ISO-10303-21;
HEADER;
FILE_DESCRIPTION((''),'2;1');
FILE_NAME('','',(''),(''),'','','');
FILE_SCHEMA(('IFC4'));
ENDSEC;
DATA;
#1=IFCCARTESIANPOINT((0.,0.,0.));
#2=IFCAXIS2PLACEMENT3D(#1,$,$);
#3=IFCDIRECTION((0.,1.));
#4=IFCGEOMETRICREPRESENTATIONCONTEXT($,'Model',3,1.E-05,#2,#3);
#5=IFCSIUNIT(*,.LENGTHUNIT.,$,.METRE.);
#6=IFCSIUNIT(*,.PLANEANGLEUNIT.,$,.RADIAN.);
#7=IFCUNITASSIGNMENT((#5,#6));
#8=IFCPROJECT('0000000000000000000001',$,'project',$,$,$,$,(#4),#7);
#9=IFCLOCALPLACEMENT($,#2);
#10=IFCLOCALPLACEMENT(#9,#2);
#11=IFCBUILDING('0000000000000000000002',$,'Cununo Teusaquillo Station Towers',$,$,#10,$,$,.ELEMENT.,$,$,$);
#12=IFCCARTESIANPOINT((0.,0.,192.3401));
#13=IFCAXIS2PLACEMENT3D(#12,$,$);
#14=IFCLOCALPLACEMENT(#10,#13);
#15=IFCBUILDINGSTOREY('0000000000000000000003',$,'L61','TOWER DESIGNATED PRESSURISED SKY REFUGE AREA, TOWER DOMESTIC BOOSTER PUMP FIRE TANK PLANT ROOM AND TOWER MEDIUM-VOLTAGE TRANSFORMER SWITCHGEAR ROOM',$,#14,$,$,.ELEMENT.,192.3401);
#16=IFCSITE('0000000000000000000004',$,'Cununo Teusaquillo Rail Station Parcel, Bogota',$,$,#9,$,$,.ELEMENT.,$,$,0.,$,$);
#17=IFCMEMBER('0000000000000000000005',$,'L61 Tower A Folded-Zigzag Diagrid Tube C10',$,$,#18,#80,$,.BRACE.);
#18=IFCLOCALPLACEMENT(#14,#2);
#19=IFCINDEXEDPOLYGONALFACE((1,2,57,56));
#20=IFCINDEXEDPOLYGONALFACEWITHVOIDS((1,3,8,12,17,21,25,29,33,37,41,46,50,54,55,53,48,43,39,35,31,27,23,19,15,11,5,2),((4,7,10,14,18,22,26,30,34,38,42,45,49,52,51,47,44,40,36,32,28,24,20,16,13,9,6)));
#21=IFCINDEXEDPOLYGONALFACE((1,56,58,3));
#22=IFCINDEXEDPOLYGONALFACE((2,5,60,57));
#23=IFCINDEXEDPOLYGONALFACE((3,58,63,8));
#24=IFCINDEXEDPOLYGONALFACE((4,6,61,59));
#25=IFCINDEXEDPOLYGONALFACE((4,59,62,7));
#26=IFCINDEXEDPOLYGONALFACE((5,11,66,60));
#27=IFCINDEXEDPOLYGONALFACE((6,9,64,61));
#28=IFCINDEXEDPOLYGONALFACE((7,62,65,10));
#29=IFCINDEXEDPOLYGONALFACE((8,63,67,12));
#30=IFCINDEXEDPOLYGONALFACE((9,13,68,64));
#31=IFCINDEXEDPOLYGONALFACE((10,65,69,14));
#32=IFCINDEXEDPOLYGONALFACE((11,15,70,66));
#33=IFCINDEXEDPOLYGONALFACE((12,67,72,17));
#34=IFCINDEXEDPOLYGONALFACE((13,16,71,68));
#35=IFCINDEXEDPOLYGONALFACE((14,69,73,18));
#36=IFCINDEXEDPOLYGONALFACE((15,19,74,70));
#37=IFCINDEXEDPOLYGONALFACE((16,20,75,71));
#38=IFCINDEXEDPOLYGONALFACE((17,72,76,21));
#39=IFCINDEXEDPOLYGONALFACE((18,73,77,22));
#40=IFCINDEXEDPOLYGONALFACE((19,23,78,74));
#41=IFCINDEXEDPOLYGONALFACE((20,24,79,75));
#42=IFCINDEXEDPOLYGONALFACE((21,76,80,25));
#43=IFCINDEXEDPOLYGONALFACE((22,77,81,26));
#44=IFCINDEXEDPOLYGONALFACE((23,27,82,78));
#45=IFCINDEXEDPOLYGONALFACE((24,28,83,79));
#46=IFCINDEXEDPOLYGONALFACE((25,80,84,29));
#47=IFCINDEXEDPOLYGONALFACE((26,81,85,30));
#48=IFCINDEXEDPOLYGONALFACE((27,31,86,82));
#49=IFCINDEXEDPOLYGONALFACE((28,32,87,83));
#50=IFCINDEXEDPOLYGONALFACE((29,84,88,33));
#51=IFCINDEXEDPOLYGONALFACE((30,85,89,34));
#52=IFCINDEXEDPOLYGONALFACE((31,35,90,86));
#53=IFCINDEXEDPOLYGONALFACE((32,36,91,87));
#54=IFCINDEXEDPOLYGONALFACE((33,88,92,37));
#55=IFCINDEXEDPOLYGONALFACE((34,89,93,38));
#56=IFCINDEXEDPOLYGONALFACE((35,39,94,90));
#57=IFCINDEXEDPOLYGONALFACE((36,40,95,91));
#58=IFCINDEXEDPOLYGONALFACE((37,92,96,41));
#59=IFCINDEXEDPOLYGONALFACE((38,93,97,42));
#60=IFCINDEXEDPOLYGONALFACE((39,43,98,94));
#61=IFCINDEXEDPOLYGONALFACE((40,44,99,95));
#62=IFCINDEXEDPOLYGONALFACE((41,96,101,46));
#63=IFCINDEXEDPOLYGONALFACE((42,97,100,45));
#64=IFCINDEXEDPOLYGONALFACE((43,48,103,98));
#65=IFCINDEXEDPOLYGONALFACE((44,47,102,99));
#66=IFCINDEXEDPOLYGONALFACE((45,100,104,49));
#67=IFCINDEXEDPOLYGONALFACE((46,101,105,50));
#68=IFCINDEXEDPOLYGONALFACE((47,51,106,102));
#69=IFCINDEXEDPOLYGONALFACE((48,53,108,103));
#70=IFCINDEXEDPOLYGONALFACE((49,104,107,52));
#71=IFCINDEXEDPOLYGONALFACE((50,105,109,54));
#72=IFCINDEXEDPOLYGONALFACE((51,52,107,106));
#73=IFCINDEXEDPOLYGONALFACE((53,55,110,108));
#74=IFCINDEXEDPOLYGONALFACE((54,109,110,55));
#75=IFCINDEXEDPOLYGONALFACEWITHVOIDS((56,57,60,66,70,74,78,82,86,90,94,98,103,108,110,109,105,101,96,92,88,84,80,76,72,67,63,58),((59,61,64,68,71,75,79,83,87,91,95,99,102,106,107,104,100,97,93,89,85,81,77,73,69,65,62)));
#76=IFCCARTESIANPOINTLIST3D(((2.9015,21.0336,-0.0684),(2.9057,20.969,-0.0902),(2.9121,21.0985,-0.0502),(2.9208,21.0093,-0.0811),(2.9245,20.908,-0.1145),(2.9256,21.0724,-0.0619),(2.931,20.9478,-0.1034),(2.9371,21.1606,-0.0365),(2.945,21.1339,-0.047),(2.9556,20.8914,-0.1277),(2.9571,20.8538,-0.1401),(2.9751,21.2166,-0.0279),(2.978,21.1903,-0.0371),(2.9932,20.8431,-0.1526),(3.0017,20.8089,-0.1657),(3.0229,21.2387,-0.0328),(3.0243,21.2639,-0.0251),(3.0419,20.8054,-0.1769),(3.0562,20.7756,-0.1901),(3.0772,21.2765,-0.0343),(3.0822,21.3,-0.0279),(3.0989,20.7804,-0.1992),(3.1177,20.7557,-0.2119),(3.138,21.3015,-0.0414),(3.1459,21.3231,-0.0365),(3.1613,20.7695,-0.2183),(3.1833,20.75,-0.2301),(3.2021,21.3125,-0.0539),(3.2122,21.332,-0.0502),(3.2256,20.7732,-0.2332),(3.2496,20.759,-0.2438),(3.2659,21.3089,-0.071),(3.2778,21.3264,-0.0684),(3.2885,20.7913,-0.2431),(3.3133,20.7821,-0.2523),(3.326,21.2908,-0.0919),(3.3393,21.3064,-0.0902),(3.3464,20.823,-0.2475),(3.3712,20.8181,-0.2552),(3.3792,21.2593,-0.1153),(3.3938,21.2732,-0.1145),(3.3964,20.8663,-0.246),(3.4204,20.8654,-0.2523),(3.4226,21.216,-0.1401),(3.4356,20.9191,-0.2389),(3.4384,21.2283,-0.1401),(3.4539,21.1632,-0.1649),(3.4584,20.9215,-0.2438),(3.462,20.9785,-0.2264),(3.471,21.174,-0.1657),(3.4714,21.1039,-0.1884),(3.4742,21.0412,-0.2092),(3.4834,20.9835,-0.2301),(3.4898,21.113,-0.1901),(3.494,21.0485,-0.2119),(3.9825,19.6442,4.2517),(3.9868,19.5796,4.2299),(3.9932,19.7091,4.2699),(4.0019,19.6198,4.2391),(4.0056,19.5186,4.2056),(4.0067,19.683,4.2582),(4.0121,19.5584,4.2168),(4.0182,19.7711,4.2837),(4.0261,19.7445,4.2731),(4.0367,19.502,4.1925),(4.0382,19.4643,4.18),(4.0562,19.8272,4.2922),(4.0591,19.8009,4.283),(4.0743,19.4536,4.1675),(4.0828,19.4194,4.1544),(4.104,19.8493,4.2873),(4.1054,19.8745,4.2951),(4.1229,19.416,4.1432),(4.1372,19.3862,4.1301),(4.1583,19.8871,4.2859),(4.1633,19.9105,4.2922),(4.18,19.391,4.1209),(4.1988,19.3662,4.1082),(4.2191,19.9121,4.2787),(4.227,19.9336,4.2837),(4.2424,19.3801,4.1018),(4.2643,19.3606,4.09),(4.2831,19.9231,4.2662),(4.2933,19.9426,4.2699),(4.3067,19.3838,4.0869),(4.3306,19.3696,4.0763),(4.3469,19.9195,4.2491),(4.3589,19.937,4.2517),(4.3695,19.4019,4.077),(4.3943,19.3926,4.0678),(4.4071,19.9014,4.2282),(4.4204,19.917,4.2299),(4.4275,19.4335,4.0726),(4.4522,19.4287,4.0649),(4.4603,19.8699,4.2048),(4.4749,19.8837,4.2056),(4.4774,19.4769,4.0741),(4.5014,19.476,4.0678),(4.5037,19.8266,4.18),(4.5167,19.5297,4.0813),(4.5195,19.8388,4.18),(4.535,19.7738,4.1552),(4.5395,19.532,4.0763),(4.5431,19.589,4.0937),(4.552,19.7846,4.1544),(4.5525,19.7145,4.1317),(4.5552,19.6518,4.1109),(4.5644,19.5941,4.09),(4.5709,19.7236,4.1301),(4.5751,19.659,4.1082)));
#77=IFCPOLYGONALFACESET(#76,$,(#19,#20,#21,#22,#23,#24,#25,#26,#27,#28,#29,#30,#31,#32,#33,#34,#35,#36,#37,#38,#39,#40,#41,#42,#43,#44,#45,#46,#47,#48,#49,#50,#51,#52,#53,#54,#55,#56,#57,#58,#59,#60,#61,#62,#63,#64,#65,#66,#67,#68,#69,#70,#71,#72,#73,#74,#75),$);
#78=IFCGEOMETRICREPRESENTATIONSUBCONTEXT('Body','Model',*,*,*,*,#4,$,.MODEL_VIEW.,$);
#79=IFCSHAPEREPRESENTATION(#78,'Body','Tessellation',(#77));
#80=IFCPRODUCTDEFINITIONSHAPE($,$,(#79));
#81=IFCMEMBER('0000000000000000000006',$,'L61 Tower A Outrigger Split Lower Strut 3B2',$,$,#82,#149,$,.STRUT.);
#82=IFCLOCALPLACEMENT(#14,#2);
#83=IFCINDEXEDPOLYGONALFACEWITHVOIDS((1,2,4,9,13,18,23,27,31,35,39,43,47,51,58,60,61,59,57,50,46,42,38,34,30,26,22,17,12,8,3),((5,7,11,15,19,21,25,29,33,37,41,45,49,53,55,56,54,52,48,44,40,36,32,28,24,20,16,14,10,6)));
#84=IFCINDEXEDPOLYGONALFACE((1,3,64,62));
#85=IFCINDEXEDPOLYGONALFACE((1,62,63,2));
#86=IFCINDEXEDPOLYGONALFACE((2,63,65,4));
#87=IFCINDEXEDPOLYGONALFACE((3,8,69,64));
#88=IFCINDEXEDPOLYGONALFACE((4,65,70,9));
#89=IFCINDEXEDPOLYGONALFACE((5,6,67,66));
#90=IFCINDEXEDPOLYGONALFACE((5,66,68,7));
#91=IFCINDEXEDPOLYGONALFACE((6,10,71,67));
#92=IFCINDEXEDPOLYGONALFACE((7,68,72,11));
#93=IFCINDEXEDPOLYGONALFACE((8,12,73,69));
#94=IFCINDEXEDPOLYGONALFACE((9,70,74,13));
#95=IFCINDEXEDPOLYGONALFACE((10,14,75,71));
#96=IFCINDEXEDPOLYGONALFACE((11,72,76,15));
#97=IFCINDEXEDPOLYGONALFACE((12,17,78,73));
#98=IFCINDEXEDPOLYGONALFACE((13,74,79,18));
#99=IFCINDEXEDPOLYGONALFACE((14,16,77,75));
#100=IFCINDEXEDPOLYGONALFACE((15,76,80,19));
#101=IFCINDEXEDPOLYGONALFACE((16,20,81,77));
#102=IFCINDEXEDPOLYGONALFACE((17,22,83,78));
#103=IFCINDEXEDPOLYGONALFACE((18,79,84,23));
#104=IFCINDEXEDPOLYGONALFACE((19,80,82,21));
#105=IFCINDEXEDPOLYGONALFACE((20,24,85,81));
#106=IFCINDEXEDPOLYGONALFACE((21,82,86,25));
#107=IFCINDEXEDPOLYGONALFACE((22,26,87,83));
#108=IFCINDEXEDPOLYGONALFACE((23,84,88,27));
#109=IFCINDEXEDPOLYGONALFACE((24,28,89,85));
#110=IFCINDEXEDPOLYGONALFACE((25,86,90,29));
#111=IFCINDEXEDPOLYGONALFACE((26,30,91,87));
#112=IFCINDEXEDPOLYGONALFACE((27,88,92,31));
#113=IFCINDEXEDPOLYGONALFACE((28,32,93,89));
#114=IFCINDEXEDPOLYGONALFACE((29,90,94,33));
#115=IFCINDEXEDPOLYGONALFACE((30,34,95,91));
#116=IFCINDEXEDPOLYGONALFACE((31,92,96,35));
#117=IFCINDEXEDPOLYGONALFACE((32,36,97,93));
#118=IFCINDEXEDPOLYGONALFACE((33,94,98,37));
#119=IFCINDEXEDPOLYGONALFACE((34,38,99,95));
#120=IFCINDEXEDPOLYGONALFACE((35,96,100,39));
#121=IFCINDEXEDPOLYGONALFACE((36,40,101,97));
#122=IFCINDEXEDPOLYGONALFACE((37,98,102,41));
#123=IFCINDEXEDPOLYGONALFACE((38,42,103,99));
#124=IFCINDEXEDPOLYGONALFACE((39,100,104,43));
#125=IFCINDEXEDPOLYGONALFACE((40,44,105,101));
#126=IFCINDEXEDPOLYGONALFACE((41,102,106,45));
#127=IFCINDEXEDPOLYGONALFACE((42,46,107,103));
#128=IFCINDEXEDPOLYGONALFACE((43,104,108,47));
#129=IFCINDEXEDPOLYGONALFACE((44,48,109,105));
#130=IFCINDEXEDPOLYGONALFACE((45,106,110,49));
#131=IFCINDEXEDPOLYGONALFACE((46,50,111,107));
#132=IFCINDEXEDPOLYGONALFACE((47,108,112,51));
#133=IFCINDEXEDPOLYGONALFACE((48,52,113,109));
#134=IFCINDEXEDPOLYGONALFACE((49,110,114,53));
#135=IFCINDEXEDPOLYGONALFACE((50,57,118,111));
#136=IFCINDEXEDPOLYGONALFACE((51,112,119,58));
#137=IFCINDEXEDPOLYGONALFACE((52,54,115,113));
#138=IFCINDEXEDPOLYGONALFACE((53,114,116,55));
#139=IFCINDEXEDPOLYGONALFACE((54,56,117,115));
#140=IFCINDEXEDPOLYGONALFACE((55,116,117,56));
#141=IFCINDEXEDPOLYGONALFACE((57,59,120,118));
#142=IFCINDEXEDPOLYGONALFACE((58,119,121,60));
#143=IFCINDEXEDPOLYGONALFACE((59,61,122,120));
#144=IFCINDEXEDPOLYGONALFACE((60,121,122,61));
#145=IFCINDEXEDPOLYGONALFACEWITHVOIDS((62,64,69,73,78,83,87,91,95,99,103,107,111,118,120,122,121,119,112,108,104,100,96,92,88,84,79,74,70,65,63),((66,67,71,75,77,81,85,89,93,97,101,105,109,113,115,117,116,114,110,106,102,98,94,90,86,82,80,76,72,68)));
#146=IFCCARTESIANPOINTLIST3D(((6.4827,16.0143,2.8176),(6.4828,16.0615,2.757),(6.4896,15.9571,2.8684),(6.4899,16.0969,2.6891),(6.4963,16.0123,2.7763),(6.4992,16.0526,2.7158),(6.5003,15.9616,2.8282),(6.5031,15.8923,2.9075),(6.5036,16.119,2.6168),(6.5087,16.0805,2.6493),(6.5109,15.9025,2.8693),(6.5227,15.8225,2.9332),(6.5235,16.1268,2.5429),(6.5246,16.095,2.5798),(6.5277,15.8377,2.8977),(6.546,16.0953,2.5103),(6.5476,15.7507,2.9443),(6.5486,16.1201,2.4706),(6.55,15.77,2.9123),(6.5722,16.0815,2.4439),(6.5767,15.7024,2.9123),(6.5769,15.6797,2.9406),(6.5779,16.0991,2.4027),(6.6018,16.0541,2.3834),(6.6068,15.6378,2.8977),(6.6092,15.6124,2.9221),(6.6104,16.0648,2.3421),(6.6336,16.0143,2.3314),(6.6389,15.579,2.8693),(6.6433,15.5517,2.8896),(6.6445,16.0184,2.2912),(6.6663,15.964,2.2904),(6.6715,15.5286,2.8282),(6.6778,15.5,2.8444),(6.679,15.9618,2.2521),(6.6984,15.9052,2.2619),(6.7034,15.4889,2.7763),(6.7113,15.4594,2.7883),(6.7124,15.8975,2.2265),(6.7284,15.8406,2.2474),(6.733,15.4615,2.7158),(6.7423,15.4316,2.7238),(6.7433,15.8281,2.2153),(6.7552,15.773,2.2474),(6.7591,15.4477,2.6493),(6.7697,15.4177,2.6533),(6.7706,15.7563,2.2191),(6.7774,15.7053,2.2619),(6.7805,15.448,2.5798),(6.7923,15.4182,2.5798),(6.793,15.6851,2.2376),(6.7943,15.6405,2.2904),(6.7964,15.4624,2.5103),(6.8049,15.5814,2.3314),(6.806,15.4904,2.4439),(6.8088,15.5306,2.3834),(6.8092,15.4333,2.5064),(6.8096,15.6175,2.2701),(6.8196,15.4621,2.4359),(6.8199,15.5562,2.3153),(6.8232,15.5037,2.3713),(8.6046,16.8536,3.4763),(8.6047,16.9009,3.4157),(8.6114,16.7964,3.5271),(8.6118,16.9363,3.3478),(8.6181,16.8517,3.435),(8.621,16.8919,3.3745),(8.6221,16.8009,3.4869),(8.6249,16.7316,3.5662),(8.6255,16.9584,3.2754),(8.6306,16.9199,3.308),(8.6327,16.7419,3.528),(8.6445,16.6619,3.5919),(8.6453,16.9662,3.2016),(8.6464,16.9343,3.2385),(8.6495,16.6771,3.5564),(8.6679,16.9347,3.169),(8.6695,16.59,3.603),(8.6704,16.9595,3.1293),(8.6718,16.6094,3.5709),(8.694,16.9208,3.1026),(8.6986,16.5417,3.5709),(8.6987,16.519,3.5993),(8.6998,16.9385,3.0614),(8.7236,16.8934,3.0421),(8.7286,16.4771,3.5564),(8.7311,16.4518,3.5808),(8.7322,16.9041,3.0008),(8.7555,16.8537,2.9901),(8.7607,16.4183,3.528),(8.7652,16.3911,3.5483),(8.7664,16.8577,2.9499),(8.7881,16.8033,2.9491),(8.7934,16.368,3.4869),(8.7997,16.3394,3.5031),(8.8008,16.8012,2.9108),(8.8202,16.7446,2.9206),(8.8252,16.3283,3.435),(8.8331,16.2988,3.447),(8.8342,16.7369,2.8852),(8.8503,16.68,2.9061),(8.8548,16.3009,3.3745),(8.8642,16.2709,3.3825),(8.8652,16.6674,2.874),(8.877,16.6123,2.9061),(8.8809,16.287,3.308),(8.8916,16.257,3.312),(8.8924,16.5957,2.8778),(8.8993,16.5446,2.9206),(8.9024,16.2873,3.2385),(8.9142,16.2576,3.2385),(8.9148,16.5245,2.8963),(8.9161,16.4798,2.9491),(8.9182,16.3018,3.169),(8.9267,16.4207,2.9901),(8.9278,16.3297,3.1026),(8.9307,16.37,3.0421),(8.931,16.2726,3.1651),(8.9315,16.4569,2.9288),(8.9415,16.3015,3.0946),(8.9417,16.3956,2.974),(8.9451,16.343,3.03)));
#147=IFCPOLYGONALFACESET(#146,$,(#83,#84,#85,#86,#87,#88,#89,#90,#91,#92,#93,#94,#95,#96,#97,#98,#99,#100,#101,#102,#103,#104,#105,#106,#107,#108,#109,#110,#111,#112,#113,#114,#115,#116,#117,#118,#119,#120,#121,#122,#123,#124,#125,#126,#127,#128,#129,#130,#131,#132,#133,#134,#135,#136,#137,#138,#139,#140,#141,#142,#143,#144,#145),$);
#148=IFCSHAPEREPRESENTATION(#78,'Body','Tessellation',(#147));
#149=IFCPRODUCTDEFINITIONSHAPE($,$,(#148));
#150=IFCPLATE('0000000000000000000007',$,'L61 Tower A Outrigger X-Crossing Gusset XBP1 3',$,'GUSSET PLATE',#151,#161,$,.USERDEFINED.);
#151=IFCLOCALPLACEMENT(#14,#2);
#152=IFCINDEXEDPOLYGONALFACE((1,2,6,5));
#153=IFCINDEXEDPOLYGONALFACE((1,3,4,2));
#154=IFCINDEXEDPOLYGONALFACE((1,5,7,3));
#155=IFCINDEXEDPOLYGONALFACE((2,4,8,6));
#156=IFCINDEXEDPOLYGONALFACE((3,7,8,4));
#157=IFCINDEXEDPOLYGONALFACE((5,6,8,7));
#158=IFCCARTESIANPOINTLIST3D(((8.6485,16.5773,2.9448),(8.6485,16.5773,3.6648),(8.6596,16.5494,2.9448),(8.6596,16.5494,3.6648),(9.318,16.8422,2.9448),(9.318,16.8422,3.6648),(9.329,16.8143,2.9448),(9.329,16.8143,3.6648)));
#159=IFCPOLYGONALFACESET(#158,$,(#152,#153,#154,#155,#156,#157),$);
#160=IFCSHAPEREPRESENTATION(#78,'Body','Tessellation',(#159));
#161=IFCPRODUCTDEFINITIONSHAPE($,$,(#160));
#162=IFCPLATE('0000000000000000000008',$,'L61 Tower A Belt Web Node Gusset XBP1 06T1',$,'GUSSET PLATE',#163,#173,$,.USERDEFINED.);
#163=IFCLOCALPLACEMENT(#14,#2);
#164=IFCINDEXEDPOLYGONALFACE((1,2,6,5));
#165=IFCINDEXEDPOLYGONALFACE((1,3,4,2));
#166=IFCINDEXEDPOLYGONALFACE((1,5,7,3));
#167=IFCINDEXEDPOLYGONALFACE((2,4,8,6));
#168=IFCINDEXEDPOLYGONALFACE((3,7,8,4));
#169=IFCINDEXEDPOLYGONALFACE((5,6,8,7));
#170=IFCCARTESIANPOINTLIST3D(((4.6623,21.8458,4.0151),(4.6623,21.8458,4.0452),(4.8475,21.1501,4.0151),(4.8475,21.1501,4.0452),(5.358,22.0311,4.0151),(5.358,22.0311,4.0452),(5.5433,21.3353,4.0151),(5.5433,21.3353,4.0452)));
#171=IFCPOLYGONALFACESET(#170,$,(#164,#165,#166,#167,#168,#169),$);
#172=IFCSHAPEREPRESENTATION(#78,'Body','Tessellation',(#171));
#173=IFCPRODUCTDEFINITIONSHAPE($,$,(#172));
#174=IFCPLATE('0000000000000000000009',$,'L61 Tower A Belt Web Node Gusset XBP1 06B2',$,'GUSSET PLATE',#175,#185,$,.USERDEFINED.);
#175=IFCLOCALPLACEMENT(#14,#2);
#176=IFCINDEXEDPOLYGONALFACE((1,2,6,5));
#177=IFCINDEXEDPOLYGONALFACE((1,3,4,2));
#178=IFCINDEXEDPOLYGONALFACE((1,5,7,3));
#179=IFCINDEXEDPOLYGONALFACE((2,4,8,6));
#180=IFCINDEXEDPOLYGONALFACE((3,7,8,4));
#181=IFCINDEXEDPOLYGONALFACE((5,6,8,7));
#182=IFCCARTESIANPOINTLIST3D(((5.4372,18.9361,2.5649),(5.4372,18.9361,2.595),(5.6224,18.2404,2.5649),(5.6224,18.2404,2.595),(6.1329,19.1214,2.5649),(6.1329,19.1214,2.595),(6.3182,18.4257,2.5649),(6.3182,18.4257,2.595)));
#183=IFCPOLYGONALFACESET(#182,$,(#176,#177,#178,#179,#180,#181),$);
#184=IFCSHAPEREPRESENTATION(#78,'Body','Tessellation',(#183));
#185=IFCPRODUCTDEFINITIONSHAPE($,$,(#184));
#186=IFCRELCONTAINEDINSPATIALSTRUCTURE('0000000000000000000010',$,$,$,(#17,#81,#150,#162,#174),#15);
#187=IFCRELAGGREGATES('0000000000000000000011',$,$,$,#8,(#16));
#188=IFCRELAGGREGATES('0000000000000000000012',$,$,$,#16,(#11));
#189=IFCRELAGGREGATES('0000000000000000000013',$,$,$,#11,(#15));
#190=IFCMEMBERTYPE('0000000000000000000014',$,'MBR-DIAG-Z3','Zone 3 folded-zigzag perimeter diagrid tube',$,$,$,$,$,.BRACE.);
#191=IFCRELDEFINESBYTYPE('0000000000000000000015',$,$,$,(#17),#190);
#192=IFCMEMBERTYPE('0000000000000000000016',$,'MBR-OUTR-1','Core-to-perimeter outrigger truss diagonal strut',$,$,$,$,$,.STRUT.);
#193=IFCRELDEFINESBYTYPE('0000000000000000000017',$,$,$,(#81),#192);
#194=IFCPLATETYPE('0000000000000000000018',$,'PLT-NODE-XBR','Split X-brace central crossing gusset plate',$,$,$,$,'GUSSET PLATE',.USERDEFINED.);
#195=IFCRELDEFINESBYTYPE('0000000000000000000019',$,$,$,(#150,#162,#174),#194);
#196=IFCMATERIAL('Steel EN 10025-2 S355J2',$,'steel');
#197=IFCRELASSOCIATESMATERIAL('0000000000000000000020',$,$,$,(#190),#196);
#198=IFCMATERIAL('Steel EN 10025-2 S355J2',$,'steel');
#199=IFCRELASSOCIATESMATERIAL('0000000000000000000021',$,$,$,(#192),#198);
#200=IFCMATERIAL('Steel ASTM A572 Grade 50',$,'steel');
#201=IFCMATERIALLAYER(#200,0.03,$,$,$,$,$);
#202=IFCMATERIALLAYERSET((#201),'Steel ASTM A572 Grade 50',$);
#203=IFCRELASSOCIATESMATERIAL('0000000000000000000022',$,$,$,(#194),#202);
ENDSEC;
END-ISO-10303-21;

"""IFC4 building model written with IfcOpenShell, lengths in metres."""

from ifc_helpers import new_model, si_unit, direction, frame, origin, origin_2d, place, context, subcontext, project, spatial, rectangle, hollow_circle, extrude, source, transform, mapped, material, layer, layer_set, material_profile, profile_set, type_object, element, save


model = new_model("IFC4")

# Units and contexts
model_context = context("Model", 3, precision=1e-05, world=origin(), true_north=direction((0.0, 1.0)))
body_context = subcontext(model_context, "Body", "Model", "MODEL_VIEW")
ifc_project = project(units=[si_unit("LENGTHUNIT", "METRE"), si_unit("PLANEANGLEUNIT", "RADIAN")], contexts=[model_context])

# Site, building, storey
site_placement = place(None, origin())
site = spatial("IfcSite", under=ifc_project, at=site_placement, Name="Cununo Teusaquillo Rail Station Parcel, Bogota", CompositionType="ELEMENT", RefElevation=0.0)
building_placement = place(site_placement, origin())
building = spatial("IfcBuilding", under=site, at=building_placement, Name="Cununo Teusaquillo Station Towers", CompositionType="ELEMENT")
storey_placement = place(building_placement, frame((0.0, 0.0, 192.3401)))
storey = spatial("IfcBuildingStorey", under=building, at=storey_placement, Name="L61", Description="TOWER DESIGNATED PRESSURISED SKY REFUGE AREA, TOWER DOMESTIC BOOSTER PUMP FIRE TANK PLANT ROOM AND TOWER MEDIUM-VOLTAGE TRANSFORMER SWITCHGEAR ROOM", CompositionType="ELEMENT", Elevation=192.3401)

# Members
ifc_material_1 = material(Name="Steel EN 10025-2 S355J2", Category="steel")
ifc_material_profile_1 = material_profile(ifc_material_1, hollow_circle(Radius=0.3049, WallThickness=0.02, at=origin_2d()), Name="CHS 610x20")
ifc_profile_set_1 = profile_set([ifc_material_profile_1], Name="Steel EN 10025-2 S355J2")
member_type_1 = type_object("IfcMemberType", Name="MBR-DIAG-Z3", Description="Zone 3 folded-zigzag perimeter diagrid tube", PredefinedType="BRACE", material=ifc_profile_set_1)
member_1_placement = place(storey_placement, frame((3.1978, 21.041, -0.1401), z_axis=(0.231738, -0.297837, 0.926062), x_axis=(0.78924, 0.614085, 0.0)))
element("IfcMember", 1, at=member_1_placement, inside=storey, type_object=member_type_1, Name="L61 Tower A Folded-Zigzag Diagrid Tube C10", PredefinedType="BRACE", context=body_context, shape_type="SweptSolid", body=[
    extrude(hollow_circle(Radius=0.3049, WallThickness=0.02, at=origin_2d()), origin(), (0.0, 0.0, 1.0), 4.665),
])
ifc_material_2 = material(Name="Steel EN 10025-2 S355J2", Category="steel")
ifc_material_profile_2 = material_profile(ifc_material_2, hollow_circle(Radius=0.3799, WallThickness=0.032, at=origin_2d()), Name="CHS 760x32")
ifc_profile_set_2 = profile_set([ifc_material_profile_2], Name="Steel EN 10025-2 S355J2")
member_type_2 = type_object("IfcMemberType", Name="MBR-OUTR-1", Description="Core-to-perimeter outrigger truss diagonal strut", PredefinedType="STRUT", material=ifc_profile_set_2)
member_2_placement = place(storey_placement, frame((8.7744, 16.6108, 3.2385), z_axis=(-0.893407, -0.353416, -0.277346), x_axis=(0.367846, -0.929887, 0.0)))
element("IfcMember", 2, at=member_2_placement, inside=storey, type_object=member_type_2, Name="L61 Tower A Outrigger Split Lower Strut 3B2", PredefinedType="STRUT", context=body_context, shape_type="SweptSolid", body=[
    extrude(hollow_circle(Radius=0.3799, WallThickness=0.032, at=origin_2d()), origin(), (0.0, 0.0, 1.0), 2.375),
])

# Plates
ifc_material_3 = material(Name="Steel ASTM A572 Grade 50", Category="steel")
ifc_layer_1 = layer(ifc_material_3, 0.03)
ifc_layer_set_1 = layer_set([ifc_layer_1], Name="Steel ASTM A572 Grade 50")
plate_type = type_object("IfcPlateType", Name="PLT-NODE-XBR", Description="Split X-brace central crossing gusset plate", ElementType="GUSSET PLATE", PredefinedType="USERDEFINED", material=ifc_layer_set_1)
shared_shape_1 = source(origin(), body_context, "Body", "SweptSolid", [
    extrude(rectangle(XDim=0.72, YDim=0.03, at=origin_2d()), origin(), (0.0, 0.0, 1.0), 0.72),
])
plate_placement = place(storey_placement, frame((8.9888, 16.6958, 2.9448), z_axis=(0.0, 0.0, 1.0), x_axis=(-0.929841, -0.367962, 0.0)))
element("IfcPlate", 3, at=plate_placement, inside=storey, type_object=plate_type, Name="L61 Tower A Outrigger X-Crossing Gusset XBP1 3", ObjectType="GUSSET PLATE", PredefinedType="USERDEFINED", context=body_context, shape_type="MappedRepresentation", body=[
    mapped(shared_shape_1, transform((0.0, 0.0, 0.0), x_axis=(1.0, 0.0, 0.0), y_axis=(0.0, 1.0, 0.0), z_axis=(0.0, 0.0, 1.0), scale=1.0)),
])
shared_shape_2 = source(origin(), body_context, "Body", "SweptSolid", [
    extrude(rectangle(XDim=0.72, YDim=0.72, at=origin_2d()), origin(), (0.0, 0.0, 1.0), 0.03),
])
for number, where, z_axis, x_axis, name in (
    (4, (5.1028, 21.5906, 4.0151), (0.0, 0.0, 1.0), (0.257301, -0.966331, 0.0), "L61 Tower A Belt Web Node Gusset XBP1 06T1"),
    (5, (5.8777, 18.6809, 2.5649), (0.0, 0.0, 1.0), (0.257301, -0.966331, 0.0), "L61 Tower A Belt Web Node Gusset XBP1 06B2"),
):
    element("IfcPlate", number, at=place(storey_placement, frame(where, z_axis=z_axis, x_axis=x_axis)), inside=storey, type_object=plate_type, Name=name, ObjectType="GUSSET PLATE", PredefinedType="USERDEFINED", context=body_context, shape_type="MappedRepresentation", body=[
        mapped(shared_shape_2, transform((0.0, 0.0, 0.0), x_axis=(1.0, 0.0, 0.0), y_axis=(0.0, 1.0, 0.0), z_axis=(0.0, 0.0, 1.0), scale=1.0)),
    ])

save(model, "model.ifc")
